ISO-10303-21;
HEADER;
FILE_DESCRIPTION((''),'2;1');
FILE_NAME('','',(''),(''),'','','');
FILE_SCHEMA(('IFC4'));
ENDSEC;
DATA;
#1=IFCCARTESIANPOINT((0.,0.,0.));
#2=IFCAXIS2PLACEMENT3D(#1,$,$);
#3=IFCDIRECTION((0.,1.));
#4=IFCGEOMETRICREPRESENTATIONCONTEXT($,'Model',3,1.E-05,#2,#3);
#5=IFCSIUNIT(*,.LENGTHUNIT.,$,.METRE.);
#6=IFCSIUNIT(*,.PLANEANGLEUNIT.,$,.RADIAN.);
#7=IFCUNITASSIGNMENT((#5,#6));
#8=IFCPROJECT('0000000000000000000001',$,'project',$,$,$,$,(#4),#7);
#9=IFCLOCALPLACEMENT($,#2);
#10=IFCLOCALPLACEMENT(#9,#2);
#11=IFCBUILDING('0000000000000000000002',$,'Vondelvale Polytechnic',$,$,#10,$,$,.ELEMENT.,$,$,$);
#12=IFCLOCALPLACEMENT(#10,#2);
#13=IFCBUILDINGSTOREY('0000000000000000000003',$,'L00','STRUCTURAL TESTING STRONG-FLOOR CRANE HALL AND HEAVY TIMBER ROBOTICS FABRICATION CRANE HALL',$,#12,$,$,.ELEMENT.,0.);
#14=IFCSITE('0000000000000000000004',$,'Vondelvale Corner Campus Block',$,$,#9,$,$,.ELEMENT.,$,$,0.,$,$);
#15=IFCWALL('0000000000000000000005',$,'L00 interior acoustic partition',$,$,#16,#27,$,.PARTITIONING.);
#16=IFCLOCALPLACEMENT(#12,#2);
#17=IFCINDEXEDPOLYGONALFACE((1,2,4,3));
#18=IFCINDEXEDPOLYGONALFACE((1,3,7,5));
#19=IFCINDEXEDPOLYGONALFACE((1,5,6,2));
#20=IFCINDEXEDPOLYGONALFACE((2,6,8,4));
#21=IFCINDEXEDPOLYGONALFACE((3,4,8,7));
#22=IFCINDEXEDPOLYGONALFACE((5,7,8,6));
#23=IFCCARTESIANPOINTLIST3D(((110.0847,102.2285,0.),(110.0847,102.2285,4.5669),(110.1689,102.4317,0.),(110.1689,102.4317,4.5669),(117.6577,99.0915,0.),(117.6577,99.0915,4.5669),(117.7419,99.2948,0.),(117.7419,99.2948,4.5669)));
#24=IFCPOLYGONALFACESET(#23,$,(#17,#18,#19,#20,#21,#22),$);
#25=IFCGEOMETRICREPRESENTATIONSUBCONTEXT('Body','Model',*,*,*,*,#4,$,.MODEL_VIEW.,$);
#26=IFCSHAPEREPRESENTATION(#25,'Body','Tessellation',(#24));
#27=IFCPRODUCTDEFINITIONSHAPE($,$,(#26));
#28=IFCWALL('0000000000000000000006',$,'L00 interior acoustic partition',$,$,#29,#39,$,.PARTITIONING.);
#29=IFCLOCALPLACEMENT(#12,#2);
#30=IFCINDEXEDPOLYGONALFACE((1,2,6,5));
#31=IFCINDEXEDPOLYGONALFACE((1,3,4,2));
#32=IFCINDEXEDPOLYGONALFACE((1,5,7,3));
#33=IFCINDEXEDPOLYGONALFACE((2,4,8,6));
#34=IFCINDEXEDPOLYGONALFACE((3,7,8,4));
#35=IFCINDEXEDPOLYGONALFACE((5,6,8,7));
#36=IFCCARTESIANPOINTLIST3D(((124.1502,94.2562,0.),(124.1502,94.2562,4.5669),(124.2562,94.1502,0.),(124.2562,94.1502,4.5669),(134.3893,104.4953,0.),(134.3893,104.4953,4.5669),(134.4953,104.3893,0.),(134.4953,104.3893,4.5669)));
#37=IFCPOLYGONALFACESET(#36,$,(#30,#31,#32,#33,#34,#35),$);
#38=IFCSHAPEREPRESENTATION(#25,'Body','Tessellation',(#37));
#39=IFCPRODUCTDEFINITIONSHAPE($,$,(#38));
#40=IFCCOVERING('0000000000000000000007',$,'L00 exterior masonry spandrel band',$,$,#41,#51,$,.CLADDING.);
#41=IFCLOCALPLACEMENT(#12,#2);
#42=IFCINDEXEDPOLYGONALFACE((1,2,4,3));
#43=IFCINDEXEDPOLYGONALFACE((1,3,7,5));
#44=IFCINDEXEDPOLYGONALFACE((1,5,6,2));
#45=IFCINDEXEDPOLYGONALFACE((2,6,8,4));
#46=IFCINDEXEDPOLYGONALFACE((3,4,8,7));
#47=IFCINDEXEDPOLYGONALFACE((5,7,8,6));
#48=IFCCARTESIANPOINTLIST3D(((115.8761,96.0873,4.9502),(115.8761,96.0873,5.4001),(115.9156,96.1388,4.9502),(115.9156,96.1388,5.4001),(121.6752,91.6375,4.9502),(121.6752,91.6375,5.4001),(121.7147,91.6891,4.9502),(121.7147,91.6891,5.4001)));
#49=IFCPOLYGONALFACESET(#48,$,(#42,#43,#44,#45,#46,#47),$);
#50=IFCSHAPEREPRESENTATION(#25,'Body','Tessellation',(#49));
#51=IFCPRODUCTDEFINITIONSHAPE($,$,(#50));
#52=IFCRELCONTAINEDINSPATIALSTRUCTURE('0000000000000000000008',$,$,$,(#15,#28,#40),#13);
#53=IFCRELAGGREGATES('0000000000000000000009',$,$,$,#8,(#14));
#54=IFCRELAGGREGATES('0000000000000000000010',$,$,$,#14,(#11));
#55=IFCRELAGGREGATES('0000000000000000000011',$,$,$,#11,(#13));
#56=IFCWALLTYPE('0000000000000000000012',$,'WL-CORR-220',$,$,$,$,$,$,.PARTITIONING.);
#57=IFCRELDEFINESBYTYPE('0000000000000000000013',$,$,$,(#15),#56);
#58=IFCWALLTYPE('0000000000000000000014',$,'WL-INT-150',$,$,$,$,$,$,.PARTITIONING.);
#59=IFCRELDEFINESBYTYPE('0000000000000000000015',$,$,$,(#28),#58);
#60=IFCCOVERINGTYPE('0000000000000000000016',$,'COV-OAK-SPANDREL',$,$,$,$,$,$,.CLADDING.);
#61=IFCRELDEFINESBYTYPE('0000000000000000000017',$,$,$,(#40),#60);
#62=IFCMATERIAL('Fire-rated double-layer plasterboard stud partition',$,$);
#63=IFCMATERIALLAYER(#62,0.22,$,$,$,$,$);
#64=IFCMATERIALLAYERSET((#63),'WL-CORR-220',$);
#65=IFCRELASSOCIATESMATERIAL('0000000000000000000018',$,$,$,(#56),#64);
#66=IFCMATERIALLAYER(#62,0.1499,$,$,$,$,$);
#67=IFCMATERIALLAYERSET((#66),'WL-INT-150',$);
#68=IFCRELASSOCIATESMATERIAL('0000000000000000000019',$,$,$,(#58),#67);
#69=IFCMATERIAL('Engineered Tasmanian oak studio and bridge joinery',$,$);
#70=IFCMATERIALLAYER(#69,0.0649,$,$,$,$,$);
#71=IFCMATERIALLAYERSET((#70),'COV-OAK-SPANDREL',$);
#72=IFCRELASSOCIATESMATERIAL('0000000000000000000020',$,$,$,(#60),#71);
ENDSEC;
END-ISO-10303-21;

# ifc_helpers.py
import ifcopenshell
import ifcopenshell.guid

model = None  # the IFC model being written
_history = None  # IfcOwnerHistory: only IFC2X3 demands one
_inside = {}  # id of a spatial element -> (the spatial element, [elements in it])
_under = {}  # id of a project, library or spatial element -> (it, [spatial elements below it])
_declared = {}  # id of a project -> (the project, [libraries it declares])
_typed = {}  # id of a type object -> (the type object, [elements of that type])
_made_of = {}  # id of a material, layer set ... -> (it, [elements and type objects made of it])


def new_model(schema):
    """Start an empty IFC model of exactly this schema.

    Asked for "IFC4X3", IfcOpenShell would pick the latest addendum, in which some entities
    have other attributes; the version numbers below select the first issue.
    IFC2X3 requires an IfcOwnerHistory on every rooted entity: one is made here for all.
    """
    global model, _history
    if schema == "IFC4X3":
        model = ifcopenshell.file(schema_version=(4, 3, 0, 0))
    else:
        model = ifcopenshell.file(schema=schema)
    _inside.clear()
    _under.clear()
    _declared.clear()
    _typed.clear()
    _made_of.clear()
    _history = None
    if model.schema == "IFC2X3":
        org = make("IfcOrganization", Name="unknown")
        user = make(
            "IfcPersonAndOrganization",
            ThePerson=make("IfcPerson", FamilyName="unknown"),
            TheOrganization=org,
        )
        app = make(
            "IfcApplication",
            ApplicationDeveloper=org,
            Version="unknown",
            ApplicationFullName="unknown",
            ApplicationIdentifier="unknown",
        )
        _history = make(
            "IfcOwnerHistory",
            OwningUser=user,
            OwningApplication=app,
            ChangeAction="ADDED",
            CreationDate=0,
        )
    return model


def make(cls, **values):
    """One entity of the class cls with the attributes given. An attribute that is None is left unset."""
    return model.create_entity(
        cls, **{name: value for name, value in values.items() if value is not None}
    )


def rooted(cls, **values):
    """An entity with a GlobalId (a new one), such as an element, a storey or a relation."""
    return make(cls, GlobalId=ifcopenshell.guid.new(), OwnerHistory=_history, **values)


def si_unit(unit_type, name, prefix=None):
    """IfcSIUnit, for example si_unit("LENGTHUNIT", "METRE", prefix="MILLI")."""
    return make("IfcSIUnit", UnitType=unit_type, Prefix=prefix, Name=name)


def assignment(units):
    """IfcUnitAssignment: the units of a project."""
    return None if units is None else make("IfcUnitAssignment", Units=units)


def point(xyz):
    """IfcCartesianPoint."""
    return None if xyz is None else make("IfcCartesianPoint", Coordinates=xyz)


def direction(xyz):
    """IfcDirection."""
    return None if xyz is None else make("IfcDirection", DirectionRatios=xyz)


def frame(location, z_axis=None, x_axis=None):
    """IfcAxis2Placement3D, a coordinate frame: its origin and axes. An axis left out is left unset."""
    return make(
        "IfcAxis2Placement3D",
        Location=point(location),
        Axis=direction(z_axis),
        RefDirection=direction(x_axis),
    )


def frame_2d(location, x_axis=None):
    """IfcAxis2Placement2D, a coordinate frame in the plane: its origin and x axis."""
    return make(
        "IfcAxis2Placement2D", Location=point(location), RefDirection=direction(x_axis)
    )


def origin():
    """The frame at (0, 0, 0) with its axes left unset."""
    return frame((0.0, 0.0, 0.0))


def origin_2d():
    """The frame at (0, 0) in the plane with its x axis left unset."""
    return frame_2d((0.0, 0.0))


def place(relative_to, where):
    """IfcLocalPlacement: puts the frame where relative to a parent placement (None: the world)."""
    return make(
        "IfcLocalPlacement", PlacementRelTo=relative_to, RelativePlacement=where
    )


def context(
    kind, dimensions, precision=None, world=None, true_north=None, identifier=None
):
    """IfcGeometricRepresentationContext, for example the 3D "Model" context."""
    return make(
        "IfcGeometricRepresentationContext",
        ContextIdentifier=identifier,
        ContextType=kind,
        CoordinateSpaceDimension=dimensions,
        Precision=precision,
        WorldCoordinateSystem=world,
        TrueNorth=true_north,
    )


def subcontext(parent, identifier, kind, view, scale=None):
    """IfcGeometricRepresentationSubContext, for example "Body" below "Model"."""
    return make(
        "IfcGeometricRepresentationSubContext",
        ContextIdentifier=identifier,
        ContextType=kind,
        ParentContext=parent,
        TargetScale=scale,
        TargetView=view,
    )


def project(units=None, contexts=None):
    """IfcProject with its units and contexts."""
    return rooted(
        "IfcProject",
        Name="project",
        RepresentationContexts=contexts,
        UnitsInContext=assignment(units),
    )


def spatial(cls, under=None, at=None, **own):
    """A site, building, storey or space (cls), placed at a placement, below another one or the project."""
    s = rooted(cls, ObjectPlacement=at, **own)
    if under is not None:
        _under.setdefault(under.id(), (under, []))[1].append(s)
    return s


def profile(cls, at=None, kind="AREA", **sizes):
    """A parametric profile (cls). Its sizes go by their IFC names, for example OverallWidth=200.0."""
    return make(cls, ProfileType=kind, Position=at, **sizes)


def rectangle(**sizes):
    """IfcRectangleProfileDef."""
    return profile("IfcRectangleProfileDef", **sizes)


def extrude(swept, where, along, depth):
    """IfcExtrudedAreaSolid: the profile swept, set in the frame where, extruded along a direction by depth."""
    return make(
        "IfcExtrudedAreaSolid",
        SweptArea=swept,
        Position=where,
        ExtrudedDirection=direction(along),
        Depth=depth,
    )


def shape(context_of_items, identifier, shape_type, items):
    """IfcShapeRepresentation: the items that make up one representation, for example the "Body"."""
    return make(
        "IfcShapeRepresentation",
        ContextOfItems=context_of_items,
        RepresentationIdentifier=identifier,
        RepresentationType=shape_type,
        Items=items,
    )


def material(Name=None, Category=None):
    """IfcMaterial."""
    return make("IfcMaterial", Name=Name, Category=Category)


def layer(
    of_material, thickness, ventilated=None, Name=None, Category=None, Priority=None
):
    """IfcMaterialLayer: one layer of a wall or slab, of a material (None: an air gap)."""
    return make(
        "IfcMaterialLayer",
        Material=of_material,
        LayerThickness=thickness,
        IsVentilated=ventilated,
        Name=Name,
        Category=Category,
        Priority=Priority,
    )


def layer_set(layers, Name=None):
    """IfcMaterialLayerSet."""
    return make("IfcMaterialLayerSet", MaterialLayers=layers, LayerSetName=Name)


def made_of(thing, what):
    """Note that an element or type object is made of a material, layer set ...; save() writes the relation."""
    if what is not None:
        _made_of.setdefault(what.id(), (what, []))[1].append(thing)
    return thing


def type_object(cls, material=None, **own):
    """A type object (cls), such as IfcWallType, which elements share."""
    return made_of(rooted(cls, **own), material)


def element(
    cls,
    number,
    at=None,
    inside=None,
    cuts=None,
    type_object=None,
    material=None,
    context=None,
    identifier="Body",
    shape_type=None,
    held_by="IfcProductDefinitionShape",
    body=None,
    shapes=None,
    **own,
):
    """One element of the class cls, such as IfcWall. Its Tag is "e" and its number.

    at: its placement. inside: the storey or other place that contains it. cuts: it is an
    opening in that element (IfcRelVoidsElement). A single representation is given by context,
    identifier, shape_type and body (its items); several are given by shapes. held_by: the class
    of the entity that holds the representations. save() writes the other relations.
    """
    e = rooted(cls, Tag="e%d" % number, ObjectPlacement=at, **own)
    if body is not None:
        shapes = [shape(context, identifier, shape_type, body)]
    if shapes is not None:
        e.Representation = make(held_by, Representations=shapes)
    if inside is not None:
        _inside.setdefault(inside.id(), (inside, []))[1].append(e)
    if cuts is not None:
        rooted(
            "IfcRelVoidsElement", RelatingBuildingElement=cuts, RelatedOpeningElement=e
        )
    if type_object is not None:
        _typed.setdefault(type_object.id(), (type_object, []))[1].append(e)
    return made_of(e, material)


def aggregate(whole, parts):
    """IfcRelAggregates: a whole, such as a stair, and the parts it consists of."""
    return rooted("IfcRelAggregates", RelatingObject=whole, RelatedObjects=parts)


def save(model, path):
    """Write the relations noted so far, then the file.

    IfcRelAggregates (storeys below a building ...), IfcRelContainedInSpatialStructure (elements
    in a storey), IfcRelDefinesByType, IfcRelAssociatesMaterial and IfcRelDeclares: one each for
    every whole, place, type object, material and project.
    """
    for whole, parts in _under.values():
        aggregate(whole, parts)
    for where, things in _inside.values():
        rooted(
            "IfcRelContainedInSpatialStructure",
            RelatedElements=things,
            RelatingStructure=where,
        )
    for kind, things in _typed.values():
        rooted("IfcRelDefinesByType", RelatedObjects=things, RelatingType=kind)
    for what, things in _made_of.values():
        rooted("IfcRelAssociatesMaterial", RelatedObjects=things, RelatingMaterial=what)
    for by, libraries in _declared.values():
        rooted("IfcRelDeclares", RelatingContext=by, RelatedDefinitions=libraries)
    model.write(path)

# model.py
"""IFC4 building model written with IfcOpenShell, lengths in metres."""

from ifc_helpers import new_model, si_unit, direction, frame, frame_2d, origin, origin_2d, place, context, subcontext, project, spatial, rectangle, extrude, material, layer, layer_set, type_object, element, save


model = new_model("IFC4")

# Units and contexts
model_context = context("Model", 3, precision=1e-05, world=origin(), true_north=direction((0.0, 1.0)))
body_context = subcontext(model_context, "Body", "Model", "MODEL_VIEW")
ifc_project = project(units=[si_unit("LENGTHUNIT", "METRE"), si_unit("PLANEANGLEUNIT", "RADIAN")], contexts=[model_context])

# Site, building, storey
site_placement = place(None, origin())
site = spatial("IfcSite", under=ifc_project, at=site_placement, Name="Vondelvale Corner Campus Block", CompositionType="ELEMENT", RefElevation=0.0)
building_placement = place(site_placement, origin())
building = spatial("IfcBuilding", under=site, at=building_placement, Name="Vondelvale Polytechnic", CompositionType="ELEMENT")
storey_placement = place(building_placement, origin())
storey = spatial("IfcBuildingStorey", under=building, at=storey_placement, Name="L00", Description="STRUCTURAL TESTING STRONG-FLOOR CRANE HALL AND HEAVY TIMBER ROBOTICS FABRICATION CRANE HALL", CompositionType="ELEMENT", Elevation=0.0)

# Shared definitions
ifc_material_1 = material(Name="Engineered Tasmanian oak studio and bridge joinery")

# Shared definitions
ifc_material_2 = material(Name="Fire-rated double-layer plasterboard stud partition")
ifc_layer_1 = layer(ifc_material_2, 0.22)
ifc_layer_set_1 = layer_set([ifc_layer_1], Name="WL-CORR-220")
wall_type_1 = type_object("IfcWallType", Name="WL-CORR-220", PredefinedType="PARTITIONING", material=ifc_layer_set_1)

# Walls
wall_1_placement = place(storey_placement, frame((117.7, 99.1931, 0.0), z_axis=(0.0, 0.0, 1.0), x_axis=(-0.923874, 0.382696, 0.0)))
element("IfcWall", 1, at=wall_1_placement, inside=storey, type_object=wall_type_1, Name="L00 interior acoustic partition", PredefinedType="PARTITIONING", context=body_context, shape_type="SweptSolid", body=[
    extrude(rectangle(XDim=8.197, YDim=0.22, at=frame_2d((4.0986, 0.0))), origin(), (0.0, 0.0, 1.0), 4.5669),
])
ifc_layer_2 = layer(ifc_material_2, 0.1499)
ifc_layer_set_2 = layer_set([ifc_layer_2], Name="WL-INT-150")
wall_type_2 = type_object("IfcWallType", Name="WL-INT-150", PredefinedType="PARTITIONING", material=ifc_layer_set_2)
wall_2_placement = place(storey_placement, frame((124.2031, 94.2031, 0.0), z_axis=(0.0, 0.0, 1.0), x_axis=(0.707107, 0.707107, 0.0)))
element("IfcWall", 2, at=wall_2_placement, inside=storey, type_object=wall_type_2, Name="L00 interior acoustic partition", PredefinedType="PARTITIONING", context=body_context, shape_type="SweptSolid", body=[
    extrude(rectangle(XDim=14.4802, YDim=0.1499, at=frame_2d((7.2402, 0.0))), origin(), (0.0, 0.0, 1.0), 4.5669),
])

# Covering
ifc_layer_3 = layer(ifc_material_1, 0.0649)
ifc_layer_set_3 = layer_set([ifc_layer_3], Name="COV-OAK-SPANDREL")
covering_type = type_object("IfcCoveringType", Name="COV-OAK-SPANDREL", PredefinedType="CLADDING", material=ifc_layer_set_3)
covering_placement = place(storey_placement, frame((118.7954, 93.8882, 4.9502), z_axis=(0.0, 0.0, 1.0), x_axis=(-0.793353, 0.608761, 0.0)))
element("IfcCovering", 3, at=covering_placement, inside=storey, type_object=covering_type, Name="L00 exterior masonry spandrel band", PredefinedType="CLADDING", context=body_context, shape_type="SweptSolid", body=[
    extrude(rectangle(XDim=7.3096, YDim=0.0649, at=origin_2d()), origin(), (0.0, 0.0, 1.0), 0.45),
])

save(model, "model.ifc")
